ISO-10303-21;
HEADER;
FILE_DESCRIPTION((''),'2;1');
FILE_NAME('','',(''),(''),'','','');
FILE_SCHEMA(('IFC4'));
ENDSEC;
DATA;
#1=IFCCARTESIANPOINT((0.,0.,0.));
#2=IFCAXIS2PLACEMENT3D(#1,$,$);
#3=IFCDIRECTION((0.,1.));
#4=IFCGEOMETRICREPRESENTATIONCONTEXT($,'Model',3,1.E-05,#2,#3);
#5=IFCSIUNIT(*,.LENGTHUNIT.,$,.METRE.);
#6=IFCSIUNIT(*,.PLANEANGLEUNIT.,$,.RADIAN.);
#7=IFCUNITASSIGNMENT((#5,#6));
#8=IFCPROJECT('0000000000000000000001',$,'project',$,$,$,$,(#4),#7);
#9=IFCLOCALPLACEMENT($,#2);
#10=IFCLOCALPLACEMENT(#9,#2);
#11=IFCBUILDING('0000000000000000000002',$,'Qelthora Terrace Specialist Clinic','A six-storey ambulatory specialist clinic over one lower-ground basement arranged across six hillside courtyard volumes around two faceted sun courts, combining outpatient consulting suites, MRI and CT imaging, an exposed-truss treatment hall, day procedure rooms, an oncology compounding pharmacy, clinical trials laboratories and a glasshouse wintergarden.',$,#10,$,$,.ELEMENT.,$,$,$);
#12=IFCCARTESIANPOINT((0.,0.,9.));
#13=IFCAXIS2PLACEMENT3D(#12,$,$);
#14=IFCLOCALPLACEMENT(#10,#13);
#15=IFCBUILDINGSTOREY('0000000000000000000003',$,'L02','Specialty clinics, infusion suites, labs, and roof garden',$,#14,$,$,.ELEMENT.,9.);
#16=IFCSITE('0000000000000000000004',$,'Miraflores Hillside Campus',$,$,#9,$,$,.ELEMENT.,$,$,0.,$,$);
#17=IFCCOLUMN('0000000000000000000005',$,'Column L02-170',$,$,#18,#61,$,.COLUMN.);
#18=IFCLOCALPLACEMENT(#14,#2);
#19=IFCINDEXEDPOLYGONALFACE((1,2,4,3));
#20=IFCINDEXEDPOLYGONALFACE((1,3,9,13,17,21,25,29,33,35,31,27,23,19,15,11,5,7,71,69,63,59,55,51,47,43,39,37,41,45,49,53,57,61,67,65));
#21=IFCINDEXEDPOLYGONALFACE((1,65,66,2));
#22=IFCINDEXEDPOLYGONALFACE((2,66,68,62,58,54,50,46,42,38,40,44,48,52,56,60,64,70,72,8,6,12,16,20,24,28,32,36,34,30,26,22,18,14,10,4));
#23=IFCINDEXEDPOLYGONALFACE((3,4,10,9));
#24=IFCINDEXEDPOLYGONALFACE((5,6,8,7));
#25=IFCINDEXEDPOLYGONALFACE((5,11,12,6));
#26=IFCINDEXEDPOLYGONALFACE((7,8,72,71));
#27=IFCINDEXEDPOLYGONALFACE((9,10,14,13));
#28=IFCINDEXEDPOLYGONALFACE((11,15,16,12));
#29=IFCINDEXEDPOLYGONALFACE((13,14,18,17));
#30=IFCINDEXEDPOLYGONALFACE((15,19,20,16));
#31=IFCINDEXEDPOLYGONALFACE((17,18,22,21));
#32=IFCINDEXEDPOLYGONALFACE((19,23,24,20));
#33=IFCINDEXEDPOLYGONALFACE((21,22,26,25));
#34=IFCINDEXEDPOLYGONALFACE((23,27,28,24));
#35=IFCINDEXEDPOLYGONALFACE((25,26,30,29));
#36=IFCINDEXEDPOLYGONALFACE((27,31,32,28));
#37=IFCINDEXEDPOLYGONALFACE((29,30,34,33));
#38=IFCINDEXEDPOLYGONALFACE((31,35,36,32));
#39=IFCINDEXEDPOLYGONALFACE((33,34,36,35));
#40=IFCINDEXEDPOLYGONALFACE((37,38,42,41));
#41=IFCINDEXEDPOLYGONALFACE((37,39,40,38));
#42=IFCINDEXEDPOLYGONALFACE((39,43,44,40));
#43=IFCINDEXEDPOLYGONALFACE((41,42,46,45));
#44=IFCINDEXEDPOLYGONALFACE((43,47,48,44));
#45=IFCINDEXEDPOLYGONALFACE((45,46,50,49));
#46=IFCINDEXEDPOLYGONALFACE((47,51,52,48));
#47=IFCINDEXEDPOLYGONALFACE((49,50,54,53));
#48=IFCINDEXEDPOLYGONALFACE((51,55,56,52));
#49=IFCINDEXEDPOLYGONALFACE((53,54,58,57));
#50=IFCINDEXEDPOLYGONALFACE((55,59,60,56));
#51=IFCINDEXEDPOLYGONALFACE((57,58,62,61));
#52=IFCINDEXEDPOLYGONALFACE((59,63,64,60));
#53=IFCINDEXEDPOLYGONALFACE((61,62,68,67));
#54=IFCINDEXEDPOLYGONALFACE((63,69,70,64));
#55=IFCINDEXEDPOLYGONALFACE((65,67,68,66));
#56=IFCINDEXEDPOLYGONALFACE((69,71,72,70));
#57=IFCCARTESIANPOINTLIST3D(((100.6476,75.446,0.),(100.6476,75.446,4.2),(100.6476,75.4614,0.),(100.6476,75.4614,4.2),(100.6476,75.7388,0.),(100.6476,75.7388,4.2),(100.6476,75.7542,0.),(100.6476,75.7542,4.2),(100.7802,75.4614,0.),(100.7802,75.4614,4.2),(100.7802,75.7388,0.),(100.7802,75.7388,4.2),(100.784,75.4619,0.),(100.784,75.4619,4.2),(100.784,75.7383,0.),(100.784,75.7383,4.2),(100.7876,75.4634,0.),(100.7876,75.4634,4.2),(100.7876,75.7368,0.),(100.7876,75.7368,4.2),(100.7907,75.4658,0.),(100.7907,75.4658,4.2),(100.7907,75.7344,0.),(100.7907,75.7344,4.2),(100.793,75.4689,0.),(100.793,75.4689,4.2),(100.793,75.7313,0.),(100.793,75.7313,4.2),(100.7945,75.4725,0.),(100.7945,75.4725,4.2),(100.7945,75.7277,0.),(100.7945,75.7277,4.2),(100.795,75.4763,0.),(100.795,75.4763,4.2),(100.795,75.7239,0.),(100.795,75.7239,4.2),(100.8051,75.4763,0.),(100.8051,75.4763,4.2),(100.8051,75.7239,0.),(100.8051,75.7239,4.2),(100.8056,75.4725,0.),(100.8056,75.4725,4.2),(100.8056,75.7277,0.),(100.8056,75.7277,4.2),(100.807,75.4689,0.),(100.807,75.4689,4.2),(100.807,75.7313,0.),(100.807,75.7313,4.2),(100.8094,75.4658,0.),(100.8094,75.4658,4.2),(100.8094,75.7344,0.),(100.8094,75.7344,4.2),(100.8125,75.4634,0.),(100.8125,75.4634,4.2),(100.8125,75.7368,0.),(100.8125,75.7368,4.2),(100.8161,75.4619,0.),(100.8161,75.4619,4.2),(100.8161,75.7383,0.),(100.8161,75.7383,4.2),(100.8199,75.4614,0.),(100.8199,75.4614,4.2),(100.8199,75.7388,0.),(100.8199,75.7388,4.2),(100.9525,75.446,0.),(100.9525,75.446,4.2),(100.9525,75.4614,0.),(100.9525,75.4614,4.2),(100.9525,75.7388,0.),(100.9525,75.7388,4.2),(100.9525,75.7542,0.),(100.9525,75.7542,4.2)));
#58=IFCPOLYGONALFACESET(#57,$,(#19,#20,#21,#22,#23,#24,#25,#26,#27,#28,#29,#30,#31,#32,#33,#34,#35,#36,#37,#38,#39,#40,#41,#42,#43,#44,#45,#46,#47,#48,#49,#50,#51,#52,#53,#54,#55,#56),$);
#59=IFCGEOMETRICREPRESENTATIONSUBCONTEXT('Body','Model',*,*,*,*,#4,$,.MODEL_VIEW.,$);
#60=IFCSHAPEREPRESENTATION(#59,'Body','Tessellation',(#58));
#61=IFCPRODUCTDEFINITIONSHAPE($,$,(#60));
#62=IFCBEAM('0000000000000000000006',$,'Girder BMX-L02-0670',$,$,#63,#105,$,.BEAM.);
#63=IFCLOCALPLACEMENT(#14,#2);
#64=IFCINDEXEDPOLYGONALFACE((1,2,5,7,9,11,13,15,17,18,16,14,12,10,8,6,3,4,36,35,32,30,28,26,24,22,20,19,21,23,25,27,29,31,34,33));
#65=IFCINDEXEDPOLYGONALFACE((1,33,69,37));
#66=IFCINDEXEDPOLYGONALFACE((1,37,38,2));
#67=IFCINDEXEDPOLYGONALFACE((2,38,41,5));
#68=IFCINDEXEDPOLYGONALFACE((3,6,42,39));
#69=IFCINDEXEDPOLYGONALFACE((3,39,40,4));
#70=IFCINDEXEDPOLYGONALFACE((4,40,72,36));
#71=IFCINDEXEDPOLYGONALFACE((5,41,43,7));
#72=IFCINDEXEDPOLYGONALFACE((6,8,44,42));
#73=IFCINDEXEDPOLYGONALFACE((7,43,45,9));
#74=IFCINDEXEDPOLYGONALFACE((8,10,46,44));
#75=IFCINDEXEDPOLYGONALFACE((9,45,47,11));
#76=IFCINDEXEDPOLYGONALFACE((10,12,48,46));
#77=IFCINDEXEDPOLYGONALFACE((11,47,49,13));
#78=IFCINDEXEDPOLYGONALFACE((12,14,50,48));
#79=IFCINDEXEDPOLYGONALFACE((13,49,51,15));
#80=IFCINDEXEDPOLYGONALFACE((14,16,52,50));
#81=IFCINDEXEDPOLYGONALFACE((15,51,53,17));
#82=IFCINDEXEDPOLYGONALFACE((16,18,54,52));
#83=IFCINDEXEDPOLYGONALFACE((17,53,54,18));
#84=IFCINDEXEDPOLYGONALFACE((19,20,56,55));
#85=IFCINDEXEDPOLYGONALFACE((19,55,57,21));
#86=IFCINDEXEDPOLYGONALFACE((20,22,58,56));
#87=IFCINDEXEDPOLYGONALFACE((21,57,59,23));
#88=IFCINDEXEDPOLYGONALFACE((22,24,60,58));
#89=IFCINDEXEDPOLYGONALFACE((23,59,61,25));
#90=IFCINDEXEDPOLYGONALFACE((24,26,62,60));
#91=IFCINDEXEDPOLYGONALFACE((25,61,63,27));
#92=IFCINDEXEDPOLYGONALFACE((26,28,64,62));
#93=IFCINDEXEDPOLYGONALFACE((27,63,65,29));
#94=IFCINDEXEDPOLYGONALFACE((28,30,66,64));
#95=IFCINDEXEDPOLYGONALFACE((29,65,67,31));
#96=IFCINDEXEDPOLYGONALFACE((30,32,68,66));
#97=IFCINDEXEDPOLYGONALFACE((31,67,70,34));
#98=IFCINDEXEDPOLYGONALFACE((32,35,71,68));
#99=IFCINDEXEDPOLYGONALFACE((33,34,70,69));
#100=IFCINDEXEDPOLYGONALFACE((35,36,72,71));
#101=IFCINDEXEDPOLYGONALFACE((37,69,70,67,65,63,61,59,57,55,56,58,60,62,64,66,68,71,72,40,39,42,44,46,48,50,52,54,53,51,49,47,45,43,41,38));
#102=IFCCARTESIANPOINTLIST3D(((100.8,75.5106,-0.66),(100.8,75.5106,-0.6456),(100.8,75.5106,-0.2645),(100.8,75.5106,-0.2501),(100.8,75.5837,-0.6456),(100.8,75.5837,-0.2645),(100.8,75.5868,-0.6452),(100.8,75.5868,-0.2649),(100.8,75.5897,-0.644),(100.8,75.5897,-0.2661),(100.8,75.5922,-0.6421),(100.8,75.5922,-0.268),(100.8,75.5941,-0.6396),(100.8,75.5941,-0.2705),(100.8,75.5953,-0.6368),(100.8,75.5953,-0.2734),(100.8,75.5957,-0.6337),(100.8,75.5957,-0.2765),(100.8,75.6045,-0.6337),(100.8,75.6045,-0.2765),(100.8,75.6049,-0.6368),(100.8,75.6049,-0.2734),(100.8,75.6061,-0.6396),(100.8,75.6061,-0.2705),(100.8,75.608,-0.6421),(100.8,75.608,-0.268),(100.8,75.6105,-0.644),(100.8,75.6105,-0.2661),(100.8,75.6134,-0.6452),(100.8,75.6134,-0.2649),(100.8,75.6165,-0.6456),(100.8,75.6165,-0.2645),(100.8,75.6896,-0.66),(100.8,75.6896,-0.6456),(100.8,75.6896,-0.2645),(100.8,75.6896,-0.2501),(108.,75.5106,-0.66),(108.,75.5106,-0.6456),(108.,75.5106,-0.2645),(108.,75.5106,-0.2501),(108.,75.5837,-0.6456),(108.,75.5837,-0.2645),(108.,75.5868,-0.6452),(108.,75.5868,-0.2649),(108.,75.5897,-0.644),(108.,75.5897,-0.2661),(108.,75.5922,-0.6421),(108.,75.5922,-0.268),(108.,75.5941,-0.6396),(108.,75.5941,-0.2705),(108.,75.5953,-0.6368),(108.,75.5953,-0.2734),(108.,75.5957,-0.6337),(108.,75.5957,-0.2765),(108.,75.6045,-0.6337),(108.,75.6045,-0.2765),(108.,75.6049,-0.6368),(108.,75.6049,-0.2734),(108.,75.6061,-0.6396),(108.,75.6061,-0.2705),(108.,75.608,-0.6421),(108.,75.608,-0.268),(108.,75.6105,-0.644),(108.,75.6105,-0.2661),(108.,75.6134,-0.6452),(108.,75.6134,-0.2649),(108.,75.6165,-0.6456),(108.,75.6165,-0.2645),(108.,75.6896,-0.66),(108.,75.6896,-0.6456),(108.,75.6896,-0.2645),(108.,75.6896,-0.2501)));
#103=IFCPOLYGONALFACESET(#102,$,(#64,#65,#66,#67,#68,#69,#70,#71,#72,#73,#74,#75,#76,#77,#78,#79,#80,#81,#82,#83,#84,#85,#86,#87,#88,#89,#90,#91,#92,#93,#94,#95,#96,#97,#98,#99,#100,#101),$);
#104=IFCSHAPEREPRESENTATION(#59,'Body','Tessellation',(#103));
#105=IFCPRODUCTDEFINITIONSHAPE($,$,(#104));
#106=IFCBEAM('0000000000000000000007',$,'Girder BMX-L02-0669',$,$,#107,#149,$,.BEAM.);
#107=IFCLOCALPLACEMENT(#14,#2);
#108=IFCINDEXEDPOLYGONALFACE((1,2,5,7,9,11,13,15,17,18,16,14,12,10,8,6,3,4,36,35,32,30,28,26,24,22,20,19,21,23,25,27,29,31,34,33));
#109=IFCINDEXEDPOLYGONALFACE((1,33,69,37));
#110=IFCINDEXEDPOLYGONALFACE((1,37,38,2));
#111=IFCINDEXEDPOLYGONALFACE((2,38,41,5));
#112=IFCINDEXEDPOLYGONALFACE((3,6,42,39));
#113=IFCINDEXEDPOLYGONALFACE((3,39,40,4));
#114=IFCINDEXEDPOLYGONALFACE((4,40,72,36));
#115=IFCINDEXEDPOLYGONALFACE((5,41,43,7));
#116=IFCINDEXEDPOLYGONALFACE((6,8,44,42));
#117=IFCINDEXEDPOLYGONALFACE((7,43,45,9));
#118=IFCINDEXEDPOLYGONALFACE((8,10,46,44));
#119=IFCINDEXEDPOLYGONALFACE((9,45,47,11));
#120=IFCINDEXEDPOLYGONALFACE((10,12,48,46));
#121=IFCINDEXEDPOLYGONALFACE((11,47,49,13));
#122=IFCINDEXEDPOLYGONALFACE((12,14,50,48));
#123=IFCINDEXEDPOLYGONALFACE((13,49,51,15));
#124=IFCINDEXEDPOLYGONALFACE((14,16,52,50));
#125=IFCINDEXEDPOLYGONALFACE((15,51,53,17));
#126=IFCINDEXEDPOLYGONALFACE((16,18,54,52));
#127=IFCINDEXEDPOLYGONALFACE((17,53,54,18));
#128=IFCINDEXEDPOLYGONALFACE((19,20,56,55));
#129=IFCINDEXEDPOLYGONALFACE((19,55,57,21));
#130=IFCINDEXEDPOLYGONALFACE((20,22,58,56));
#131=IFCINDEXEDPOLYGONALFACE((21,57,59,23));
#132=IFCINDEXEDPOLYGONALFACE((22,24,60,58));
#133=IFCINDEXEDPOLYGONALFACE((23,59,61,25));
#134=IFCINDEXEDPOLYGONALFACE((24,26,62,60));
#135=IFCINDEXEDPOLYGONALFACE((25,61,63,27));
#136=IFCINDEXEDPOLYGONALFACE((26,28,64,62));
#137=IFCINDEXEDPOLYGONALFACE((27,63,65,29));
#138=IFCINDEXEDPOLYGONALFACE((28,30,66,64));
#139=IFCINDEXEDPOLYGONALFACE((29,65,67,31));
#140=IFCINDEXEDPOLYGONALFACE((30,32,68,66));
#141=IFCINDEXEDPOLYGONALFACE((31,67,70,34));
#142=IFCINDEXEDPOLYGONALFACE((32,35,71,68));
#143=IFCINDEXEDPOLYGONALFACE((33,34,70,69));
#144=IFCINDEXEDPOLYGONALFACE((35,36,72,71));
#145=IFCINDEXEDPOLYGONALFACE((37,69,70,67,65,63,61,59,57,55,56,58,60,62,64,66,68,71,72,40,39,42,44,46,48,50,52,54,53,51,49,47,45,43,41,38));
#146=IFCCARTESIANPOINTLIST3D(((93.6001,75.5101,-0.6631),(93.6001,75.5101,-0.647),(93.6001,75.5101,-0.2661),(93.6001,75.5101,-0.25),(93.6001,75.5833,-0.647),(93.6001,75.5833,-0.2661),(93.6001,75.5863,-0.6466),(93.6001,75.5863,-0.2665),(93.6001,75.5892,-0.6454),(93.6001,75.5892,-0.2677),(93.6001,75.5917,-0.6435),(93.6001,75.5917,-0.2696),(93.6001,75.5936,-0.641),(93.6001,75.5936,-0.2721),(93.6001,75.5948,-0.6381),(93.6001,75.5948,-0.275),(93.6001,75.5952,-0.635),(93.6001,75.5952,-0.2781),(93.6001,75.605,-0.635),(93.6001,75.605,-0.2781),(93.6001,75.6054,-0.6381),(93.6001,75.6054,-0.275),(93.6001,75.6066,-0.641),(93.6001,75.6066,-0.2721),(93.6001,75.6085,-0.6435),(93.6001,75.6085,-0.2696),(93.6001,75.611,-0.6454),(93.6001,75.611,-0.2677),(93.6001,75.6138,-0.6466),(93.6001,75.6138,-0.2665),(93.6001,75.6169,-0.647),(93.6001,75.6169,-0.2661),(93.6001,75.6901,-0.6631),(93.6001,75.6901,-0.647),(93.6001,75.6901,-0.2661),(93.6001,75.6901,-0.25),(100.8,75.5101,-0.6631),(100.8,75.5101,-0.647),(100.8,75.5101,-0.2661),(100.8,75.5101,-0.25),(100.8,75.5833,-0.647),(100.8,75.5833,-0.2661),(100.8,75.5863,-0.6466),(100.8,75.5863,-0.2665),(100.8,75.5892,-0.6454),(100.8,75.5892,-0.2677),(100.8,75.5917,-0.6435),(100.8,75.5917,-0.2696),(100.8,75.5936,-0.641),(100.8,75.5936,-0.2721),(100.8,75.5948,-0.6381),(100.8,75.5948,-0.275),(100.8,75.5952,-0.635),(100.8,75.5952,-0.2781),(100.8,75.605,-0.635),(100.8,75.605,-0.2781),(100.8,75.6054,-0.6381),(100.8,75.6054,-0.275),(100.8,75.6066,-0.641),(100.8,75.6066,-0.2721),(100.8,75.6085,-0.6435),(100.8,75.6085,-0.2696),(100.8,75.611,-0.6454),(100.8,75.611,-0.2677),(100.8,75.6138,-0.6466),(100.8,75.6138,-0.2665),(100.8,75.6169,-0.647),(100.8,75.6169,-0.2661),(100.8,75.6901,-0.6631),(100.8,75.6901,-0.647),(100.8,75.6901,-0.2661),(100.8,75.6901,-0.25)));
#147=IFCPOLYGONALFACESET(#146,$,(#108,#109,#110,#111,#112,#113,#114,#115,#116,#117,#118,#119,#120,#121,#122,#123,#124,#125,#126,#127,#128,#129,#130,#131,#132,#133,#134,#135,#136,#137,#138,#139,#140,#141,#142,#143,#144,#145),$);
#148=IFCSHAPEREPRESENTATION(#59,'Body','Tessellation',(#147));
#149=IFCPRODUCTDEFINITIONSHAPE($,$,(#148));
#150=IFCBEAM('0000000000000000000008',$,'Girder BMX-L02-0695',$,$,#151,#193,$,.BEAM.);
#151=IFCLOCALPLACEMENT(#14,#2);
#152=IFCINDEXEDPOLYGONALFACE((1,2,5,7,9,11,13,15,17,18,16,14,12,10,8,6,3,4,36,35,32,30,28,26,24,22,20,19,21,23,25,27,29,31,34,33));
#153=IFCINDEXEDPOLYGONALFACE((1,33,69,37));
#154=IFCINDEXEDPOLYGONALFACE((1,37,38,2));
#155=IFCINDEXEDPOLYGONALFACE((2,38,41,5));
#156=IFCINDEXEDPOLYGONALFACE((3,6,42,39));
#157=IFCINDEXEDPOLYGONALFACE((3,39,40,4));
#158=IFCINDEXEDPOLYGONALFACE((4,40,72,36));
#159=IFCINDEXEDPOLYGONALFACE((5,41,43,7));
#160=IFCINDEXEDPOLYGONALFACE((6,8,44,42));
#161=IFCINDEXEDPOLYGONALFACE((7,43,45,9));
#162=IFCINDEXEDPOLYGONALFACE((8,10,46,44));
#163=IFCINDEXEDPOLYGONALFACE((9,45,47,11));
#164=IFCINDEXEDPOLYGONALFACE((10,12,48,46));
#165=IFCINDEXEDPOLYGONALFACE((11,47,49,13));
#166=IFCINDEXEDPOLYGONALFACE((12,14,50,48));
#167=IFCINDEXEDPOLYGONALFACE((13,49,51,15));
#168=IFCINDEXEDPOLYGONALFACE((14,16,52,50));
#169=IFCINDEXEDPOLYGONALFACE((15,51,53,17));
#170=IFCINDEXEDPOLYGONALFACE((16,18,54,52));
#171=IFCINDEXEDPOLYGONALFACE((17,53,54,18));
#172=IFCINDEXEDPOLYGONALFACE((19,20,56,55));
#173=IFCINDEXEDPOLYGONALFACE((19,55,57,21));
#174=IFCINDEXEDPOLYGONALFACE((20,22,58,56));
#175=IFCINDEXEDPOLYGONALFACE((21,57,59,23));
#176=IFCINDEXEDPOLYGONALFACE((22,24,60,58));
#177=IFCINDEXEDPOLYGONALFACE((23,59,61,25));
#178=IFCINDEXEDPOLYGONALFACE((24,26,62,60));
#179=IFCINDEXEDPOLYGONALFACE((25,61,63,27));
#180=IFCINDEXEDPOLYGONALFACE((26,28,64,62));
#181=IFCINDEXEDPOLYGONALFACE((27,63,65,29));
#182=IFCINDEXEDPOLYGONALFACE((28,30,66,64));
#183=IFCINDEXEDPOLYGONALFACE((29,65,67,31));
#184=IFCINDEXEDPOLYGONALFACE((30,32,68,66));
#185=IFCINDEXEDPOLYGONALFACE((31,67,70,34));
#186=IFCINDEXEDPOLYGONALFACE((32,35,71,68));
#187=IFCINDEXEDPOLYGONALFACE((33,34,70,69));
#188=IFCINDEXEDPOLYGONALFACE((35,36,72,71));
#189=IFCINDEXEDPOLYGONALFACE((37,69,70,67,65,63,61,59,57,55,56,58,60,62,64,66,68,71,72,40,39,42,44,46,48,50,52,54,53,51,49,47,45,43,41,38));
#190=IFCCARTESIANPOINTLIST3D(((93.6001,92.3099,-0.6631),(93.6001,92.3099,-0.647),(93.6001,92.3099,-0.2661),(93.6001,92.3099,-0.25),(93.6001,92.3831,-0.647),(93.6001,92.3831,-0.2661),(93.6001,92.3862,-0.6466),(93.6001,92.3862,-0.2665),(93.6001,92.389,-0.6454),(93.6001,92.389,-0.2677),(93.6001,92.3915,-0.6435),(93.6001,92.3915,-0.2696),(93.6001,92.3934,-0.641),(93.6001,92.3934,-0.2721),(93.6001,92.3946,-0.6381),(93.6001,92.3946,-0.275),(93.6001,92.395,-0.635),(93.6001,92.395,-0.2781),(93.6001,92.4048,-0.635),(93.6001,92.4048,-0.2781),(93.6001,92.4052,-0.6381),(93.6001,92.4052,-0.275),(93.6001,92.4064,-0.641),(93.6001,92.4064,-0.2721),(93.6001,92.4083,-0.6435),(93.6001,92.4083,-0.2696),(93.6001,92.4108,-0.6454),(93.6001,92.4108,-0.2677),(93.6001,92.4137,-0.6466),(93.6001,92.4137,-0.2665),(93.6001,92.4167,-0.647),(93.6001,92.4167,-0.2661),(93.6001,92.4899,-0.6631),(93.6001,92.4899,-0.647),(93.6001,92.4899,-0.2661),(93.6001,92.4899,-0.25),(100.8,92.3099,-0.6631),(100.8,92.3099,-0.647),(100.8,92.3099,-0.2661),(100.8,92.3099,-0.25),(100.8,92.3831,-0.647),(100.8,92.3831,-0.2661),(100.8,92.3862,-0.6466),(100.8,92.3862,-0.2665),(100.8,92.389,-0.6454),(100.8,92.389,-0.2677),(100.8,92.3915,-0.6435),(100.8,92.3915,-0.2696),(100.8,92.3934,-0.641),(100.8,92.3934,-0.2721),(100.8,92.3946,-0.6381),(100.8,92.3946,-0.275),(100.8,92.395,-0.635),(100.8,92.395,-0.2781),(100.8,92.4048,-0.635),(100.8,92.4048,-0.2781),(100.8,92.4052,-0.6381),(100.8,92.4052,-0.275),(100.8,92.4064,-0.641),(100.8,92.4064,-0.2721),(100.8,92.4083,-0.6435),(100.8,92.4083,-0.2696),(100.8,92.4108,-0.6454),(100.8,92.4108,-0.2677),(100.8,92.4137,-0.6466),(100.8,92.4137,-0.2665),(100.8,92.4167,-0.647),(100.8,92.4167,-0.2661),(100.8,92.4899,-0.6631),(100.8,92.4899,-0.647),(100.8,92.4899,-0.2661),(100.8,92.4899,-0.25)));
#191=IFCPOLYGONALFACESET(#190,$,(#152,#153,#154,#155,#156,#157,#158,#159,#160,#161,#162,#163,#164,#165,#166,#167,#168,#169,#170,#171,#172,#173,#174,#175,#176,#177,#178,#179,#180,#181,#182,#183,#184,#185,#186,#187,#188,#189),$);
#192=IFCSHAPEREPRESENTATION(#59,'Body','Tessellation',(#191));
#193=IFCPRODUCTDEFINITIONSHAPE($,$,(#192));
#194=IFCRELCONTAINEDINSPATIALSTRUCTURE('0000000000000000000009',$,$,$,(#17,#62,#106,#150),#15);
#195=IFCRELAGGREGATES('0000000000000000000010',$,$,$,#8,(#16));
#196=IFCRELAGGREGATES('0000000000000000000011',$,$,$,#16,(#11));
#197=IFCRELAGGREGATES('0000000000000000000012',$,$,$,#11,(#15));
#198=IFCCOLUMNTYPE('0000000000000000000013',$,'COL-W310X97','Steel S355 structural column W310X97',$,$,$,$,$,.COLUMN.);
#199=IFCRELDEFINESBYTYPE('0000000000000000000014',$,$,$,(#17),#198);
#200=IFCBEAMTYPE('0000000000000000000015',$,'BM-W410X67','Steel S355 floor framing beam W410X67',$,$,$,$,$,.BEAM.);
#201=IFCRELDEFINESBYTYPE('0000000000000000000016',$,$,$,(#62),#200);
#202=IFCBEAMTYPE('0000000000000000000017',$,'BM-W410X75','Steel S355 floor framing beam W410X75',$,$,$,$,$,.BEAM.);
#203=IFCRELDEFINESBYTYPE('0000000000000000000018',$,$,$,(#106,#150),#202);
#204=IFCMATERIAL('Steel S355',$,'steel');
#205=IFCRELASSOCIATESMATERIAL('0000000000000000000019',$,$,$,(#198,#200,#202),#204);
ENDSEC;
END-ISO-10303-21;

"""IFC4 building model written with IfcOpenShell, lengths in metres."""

from ifc_helpers import new_model, si_unit, direction, frame, origin, origin_2d, place, context, subcontext, project, spatial, i_section, extrude, material, material_profile, profile_set, type_object, element, save


model = new_model("IFC4")

# Units and contexts
model_context = context("Model", 3, precision=1e-05, world=origin(), true_north=direction((0.0, 1.0)))
body_context = subcontext(model_context, "Body", "Model", "MODEL_VIEW")
ifc_project = project(units=[si_unit("LENGTHUNIT", "METRE"), si_unit("PLANEANGLEUNIT", "RADIAN")], contexts=[model_context])

# Site, building, storey
site_placement = place(None, origin())
site = spatial("IfcSite", under=ifc_project, at=site_placement, Name="Miraflores Hillside Campus", CompositionType="ELEMENT", RefElevation=0.0)
building_placement = place(site_placement, origin())
building = spatial("IfcBuilding", under=site, at=building_placement, Name="Qelthora Terrace Specialist Clinic", Description="A six-storey ambulatory specialist clinic over one lower-ground basement arranged across six hillside courtyard volumes around two faceted sun courts, combining outpatient consulting suites, MRI and CT imaging, an exposed-truss treatment hall, day procedure rooms, an oncology compounding pharmacy, clinical trials laboratories and a glasshouse wintergarden.", CompositionType="ELEMENT")
storey_placement = place(building_placement, frame((0.0, 0.0, 9.0)))
storey = spatial("IfcBuildingStorey", under=building, at=storey_placement, Name="L02", Description="Specialty clinics, infusion suites, labs, and roof garden", CompositionType="ELEMENT", Elevation=9.0)

# Column
ifc_material_1 = material(Name="Steel S355", Category="steel")
ifc_material_profile_1 = material_profile(ifc_material_1, i_section(OverallWidth=0.3049, OverallDepth=0.3081, WebThickness=0.01, FlangeThickness=0.0154, FilletRadius=0.0149, at=origin_2d()), Name="W310X97")
ifc_profile_set_1 = profile_set([ifc_material_profile_1], Name="Steel S355")
column_type_1 = type_object("IfcColumnType", Name="COL-W310X97", Description="Steel S355 structural column W310X97", PredefinedType="COLUMN", material=ifc_profile_set_1)
column_1_placement = place(storey_placement, frame((100.8, 75.6001, 0.0), z_axis=(0.0, 0.0, 1.0), x_axis=(1.0, 0.0, 0.0)))
element("IfcColumn", 1, at=column_1_placement, inside=storey, type_object=column_type_1, Name="Column L02-170", PredefinedType="COLUMN", context=body_context, shape_type="SweptSolid", body=[
    extrude(i_section(OverallWidth=0.3049, OverallDepth=0.3081, WebThickness=0.01, FlangeThickness=0.0154, FilletRadius=0.0149, at=origin_2d()), origin(), (0.0, 0.0, 1.0), 4.2),
])

# Beams
ifc_material_profile_2 = material_profile(ifc_material_1, i_section(OverallWidth=0.179, OverallDepth=0.4099, WebThickness=0.0088, FlangeThickness=0.0144, FilletRadius=0.012, at=origin_2d()), Name="W410X67")
ifc_profile_set_2 = profile_set([ifc_material_profile_2], Name="Steel S355")
beam_type_1 = type_object("IfcBeamType", Name="BM-W410X67", Description="Steel S355 floor framing beam W410X67", PredefinedType="BEAM", material=ifc_profile_set_2)
beam_1_placement = place(storey_placement, frame((100.8, 75.6001, -0.4551), z_axis=(1.0, 0.0, 0.0), x_axis=(0.0, 1.0, 0.0)))
element("IfcBeam", 2, at=beam_1_placement, inside=storey, type_object=beam_type_1, Name="Girder BMX-L02-0670", PredefinedType="BEAM", context=body_context, shape_type="SweptSolid", body=[
    extrude(i_section(OverallWidth=0.179, OverallDepth=0.4099, WebThickness=0.0088, FlangeThickness=0.0144, FilletRadius=0.012, at=origin_2d()), origin(), (0.0, 0.0, 1.0), 7.2),
])
ifc_material_profile_3 = material_profile(ifc_material_1, i_section(OverallWidth=0.1799, OverallDepth=0.4131, WebThickness=0.0098, FlangeThickness=0.0161, FilletRadius=0.012, at=origin_2d()), Name="W410X75")
ifc_profile_set_3 = profile_set([ifc_material_profile_3], Name="Steel S355")
beam_type_2 = type_object("IfcBeamType", Name="BM-W410X75", Description="Steel S355 floor framing beam W410X75", PredefinedType="BEAM", material=ifc_profile_set_3)
for number, where, z_axis, x_axis, name in (
    (3, (93.6001, 75.6001, -0.4565), (1.0, 0.0, 0.0), (0.0, 1.0, 0.0), "Girder BMX-L02-0669"),
    (4, (93.6001, 92.3999, -0.4565), (1.0, 0.0, 0.0), (0.0, 1.0, 0.0), "Girder BMX-L02-0695"),
):
    element("IfcBeam", number, at=place(storey_placement, frame(where, z_axis=z_axis, x_axis=x_axis)), inside=storey, type_object=beam_type_2, Name=name, PredefinedType="BEAM", context=body_context, shape_type="SweptSolid", body=[
        extrude(i_section(OverallWidth=0.1799, OverallDepth=0.4131, WebThickness=0.0098, FlangeThickness=0.0161, FilletRadius=0.012, at=origin_2d()), origin(), (0.0, 0.0, 1.0), 7.2),
    ])

save(model, "model.ifc")
